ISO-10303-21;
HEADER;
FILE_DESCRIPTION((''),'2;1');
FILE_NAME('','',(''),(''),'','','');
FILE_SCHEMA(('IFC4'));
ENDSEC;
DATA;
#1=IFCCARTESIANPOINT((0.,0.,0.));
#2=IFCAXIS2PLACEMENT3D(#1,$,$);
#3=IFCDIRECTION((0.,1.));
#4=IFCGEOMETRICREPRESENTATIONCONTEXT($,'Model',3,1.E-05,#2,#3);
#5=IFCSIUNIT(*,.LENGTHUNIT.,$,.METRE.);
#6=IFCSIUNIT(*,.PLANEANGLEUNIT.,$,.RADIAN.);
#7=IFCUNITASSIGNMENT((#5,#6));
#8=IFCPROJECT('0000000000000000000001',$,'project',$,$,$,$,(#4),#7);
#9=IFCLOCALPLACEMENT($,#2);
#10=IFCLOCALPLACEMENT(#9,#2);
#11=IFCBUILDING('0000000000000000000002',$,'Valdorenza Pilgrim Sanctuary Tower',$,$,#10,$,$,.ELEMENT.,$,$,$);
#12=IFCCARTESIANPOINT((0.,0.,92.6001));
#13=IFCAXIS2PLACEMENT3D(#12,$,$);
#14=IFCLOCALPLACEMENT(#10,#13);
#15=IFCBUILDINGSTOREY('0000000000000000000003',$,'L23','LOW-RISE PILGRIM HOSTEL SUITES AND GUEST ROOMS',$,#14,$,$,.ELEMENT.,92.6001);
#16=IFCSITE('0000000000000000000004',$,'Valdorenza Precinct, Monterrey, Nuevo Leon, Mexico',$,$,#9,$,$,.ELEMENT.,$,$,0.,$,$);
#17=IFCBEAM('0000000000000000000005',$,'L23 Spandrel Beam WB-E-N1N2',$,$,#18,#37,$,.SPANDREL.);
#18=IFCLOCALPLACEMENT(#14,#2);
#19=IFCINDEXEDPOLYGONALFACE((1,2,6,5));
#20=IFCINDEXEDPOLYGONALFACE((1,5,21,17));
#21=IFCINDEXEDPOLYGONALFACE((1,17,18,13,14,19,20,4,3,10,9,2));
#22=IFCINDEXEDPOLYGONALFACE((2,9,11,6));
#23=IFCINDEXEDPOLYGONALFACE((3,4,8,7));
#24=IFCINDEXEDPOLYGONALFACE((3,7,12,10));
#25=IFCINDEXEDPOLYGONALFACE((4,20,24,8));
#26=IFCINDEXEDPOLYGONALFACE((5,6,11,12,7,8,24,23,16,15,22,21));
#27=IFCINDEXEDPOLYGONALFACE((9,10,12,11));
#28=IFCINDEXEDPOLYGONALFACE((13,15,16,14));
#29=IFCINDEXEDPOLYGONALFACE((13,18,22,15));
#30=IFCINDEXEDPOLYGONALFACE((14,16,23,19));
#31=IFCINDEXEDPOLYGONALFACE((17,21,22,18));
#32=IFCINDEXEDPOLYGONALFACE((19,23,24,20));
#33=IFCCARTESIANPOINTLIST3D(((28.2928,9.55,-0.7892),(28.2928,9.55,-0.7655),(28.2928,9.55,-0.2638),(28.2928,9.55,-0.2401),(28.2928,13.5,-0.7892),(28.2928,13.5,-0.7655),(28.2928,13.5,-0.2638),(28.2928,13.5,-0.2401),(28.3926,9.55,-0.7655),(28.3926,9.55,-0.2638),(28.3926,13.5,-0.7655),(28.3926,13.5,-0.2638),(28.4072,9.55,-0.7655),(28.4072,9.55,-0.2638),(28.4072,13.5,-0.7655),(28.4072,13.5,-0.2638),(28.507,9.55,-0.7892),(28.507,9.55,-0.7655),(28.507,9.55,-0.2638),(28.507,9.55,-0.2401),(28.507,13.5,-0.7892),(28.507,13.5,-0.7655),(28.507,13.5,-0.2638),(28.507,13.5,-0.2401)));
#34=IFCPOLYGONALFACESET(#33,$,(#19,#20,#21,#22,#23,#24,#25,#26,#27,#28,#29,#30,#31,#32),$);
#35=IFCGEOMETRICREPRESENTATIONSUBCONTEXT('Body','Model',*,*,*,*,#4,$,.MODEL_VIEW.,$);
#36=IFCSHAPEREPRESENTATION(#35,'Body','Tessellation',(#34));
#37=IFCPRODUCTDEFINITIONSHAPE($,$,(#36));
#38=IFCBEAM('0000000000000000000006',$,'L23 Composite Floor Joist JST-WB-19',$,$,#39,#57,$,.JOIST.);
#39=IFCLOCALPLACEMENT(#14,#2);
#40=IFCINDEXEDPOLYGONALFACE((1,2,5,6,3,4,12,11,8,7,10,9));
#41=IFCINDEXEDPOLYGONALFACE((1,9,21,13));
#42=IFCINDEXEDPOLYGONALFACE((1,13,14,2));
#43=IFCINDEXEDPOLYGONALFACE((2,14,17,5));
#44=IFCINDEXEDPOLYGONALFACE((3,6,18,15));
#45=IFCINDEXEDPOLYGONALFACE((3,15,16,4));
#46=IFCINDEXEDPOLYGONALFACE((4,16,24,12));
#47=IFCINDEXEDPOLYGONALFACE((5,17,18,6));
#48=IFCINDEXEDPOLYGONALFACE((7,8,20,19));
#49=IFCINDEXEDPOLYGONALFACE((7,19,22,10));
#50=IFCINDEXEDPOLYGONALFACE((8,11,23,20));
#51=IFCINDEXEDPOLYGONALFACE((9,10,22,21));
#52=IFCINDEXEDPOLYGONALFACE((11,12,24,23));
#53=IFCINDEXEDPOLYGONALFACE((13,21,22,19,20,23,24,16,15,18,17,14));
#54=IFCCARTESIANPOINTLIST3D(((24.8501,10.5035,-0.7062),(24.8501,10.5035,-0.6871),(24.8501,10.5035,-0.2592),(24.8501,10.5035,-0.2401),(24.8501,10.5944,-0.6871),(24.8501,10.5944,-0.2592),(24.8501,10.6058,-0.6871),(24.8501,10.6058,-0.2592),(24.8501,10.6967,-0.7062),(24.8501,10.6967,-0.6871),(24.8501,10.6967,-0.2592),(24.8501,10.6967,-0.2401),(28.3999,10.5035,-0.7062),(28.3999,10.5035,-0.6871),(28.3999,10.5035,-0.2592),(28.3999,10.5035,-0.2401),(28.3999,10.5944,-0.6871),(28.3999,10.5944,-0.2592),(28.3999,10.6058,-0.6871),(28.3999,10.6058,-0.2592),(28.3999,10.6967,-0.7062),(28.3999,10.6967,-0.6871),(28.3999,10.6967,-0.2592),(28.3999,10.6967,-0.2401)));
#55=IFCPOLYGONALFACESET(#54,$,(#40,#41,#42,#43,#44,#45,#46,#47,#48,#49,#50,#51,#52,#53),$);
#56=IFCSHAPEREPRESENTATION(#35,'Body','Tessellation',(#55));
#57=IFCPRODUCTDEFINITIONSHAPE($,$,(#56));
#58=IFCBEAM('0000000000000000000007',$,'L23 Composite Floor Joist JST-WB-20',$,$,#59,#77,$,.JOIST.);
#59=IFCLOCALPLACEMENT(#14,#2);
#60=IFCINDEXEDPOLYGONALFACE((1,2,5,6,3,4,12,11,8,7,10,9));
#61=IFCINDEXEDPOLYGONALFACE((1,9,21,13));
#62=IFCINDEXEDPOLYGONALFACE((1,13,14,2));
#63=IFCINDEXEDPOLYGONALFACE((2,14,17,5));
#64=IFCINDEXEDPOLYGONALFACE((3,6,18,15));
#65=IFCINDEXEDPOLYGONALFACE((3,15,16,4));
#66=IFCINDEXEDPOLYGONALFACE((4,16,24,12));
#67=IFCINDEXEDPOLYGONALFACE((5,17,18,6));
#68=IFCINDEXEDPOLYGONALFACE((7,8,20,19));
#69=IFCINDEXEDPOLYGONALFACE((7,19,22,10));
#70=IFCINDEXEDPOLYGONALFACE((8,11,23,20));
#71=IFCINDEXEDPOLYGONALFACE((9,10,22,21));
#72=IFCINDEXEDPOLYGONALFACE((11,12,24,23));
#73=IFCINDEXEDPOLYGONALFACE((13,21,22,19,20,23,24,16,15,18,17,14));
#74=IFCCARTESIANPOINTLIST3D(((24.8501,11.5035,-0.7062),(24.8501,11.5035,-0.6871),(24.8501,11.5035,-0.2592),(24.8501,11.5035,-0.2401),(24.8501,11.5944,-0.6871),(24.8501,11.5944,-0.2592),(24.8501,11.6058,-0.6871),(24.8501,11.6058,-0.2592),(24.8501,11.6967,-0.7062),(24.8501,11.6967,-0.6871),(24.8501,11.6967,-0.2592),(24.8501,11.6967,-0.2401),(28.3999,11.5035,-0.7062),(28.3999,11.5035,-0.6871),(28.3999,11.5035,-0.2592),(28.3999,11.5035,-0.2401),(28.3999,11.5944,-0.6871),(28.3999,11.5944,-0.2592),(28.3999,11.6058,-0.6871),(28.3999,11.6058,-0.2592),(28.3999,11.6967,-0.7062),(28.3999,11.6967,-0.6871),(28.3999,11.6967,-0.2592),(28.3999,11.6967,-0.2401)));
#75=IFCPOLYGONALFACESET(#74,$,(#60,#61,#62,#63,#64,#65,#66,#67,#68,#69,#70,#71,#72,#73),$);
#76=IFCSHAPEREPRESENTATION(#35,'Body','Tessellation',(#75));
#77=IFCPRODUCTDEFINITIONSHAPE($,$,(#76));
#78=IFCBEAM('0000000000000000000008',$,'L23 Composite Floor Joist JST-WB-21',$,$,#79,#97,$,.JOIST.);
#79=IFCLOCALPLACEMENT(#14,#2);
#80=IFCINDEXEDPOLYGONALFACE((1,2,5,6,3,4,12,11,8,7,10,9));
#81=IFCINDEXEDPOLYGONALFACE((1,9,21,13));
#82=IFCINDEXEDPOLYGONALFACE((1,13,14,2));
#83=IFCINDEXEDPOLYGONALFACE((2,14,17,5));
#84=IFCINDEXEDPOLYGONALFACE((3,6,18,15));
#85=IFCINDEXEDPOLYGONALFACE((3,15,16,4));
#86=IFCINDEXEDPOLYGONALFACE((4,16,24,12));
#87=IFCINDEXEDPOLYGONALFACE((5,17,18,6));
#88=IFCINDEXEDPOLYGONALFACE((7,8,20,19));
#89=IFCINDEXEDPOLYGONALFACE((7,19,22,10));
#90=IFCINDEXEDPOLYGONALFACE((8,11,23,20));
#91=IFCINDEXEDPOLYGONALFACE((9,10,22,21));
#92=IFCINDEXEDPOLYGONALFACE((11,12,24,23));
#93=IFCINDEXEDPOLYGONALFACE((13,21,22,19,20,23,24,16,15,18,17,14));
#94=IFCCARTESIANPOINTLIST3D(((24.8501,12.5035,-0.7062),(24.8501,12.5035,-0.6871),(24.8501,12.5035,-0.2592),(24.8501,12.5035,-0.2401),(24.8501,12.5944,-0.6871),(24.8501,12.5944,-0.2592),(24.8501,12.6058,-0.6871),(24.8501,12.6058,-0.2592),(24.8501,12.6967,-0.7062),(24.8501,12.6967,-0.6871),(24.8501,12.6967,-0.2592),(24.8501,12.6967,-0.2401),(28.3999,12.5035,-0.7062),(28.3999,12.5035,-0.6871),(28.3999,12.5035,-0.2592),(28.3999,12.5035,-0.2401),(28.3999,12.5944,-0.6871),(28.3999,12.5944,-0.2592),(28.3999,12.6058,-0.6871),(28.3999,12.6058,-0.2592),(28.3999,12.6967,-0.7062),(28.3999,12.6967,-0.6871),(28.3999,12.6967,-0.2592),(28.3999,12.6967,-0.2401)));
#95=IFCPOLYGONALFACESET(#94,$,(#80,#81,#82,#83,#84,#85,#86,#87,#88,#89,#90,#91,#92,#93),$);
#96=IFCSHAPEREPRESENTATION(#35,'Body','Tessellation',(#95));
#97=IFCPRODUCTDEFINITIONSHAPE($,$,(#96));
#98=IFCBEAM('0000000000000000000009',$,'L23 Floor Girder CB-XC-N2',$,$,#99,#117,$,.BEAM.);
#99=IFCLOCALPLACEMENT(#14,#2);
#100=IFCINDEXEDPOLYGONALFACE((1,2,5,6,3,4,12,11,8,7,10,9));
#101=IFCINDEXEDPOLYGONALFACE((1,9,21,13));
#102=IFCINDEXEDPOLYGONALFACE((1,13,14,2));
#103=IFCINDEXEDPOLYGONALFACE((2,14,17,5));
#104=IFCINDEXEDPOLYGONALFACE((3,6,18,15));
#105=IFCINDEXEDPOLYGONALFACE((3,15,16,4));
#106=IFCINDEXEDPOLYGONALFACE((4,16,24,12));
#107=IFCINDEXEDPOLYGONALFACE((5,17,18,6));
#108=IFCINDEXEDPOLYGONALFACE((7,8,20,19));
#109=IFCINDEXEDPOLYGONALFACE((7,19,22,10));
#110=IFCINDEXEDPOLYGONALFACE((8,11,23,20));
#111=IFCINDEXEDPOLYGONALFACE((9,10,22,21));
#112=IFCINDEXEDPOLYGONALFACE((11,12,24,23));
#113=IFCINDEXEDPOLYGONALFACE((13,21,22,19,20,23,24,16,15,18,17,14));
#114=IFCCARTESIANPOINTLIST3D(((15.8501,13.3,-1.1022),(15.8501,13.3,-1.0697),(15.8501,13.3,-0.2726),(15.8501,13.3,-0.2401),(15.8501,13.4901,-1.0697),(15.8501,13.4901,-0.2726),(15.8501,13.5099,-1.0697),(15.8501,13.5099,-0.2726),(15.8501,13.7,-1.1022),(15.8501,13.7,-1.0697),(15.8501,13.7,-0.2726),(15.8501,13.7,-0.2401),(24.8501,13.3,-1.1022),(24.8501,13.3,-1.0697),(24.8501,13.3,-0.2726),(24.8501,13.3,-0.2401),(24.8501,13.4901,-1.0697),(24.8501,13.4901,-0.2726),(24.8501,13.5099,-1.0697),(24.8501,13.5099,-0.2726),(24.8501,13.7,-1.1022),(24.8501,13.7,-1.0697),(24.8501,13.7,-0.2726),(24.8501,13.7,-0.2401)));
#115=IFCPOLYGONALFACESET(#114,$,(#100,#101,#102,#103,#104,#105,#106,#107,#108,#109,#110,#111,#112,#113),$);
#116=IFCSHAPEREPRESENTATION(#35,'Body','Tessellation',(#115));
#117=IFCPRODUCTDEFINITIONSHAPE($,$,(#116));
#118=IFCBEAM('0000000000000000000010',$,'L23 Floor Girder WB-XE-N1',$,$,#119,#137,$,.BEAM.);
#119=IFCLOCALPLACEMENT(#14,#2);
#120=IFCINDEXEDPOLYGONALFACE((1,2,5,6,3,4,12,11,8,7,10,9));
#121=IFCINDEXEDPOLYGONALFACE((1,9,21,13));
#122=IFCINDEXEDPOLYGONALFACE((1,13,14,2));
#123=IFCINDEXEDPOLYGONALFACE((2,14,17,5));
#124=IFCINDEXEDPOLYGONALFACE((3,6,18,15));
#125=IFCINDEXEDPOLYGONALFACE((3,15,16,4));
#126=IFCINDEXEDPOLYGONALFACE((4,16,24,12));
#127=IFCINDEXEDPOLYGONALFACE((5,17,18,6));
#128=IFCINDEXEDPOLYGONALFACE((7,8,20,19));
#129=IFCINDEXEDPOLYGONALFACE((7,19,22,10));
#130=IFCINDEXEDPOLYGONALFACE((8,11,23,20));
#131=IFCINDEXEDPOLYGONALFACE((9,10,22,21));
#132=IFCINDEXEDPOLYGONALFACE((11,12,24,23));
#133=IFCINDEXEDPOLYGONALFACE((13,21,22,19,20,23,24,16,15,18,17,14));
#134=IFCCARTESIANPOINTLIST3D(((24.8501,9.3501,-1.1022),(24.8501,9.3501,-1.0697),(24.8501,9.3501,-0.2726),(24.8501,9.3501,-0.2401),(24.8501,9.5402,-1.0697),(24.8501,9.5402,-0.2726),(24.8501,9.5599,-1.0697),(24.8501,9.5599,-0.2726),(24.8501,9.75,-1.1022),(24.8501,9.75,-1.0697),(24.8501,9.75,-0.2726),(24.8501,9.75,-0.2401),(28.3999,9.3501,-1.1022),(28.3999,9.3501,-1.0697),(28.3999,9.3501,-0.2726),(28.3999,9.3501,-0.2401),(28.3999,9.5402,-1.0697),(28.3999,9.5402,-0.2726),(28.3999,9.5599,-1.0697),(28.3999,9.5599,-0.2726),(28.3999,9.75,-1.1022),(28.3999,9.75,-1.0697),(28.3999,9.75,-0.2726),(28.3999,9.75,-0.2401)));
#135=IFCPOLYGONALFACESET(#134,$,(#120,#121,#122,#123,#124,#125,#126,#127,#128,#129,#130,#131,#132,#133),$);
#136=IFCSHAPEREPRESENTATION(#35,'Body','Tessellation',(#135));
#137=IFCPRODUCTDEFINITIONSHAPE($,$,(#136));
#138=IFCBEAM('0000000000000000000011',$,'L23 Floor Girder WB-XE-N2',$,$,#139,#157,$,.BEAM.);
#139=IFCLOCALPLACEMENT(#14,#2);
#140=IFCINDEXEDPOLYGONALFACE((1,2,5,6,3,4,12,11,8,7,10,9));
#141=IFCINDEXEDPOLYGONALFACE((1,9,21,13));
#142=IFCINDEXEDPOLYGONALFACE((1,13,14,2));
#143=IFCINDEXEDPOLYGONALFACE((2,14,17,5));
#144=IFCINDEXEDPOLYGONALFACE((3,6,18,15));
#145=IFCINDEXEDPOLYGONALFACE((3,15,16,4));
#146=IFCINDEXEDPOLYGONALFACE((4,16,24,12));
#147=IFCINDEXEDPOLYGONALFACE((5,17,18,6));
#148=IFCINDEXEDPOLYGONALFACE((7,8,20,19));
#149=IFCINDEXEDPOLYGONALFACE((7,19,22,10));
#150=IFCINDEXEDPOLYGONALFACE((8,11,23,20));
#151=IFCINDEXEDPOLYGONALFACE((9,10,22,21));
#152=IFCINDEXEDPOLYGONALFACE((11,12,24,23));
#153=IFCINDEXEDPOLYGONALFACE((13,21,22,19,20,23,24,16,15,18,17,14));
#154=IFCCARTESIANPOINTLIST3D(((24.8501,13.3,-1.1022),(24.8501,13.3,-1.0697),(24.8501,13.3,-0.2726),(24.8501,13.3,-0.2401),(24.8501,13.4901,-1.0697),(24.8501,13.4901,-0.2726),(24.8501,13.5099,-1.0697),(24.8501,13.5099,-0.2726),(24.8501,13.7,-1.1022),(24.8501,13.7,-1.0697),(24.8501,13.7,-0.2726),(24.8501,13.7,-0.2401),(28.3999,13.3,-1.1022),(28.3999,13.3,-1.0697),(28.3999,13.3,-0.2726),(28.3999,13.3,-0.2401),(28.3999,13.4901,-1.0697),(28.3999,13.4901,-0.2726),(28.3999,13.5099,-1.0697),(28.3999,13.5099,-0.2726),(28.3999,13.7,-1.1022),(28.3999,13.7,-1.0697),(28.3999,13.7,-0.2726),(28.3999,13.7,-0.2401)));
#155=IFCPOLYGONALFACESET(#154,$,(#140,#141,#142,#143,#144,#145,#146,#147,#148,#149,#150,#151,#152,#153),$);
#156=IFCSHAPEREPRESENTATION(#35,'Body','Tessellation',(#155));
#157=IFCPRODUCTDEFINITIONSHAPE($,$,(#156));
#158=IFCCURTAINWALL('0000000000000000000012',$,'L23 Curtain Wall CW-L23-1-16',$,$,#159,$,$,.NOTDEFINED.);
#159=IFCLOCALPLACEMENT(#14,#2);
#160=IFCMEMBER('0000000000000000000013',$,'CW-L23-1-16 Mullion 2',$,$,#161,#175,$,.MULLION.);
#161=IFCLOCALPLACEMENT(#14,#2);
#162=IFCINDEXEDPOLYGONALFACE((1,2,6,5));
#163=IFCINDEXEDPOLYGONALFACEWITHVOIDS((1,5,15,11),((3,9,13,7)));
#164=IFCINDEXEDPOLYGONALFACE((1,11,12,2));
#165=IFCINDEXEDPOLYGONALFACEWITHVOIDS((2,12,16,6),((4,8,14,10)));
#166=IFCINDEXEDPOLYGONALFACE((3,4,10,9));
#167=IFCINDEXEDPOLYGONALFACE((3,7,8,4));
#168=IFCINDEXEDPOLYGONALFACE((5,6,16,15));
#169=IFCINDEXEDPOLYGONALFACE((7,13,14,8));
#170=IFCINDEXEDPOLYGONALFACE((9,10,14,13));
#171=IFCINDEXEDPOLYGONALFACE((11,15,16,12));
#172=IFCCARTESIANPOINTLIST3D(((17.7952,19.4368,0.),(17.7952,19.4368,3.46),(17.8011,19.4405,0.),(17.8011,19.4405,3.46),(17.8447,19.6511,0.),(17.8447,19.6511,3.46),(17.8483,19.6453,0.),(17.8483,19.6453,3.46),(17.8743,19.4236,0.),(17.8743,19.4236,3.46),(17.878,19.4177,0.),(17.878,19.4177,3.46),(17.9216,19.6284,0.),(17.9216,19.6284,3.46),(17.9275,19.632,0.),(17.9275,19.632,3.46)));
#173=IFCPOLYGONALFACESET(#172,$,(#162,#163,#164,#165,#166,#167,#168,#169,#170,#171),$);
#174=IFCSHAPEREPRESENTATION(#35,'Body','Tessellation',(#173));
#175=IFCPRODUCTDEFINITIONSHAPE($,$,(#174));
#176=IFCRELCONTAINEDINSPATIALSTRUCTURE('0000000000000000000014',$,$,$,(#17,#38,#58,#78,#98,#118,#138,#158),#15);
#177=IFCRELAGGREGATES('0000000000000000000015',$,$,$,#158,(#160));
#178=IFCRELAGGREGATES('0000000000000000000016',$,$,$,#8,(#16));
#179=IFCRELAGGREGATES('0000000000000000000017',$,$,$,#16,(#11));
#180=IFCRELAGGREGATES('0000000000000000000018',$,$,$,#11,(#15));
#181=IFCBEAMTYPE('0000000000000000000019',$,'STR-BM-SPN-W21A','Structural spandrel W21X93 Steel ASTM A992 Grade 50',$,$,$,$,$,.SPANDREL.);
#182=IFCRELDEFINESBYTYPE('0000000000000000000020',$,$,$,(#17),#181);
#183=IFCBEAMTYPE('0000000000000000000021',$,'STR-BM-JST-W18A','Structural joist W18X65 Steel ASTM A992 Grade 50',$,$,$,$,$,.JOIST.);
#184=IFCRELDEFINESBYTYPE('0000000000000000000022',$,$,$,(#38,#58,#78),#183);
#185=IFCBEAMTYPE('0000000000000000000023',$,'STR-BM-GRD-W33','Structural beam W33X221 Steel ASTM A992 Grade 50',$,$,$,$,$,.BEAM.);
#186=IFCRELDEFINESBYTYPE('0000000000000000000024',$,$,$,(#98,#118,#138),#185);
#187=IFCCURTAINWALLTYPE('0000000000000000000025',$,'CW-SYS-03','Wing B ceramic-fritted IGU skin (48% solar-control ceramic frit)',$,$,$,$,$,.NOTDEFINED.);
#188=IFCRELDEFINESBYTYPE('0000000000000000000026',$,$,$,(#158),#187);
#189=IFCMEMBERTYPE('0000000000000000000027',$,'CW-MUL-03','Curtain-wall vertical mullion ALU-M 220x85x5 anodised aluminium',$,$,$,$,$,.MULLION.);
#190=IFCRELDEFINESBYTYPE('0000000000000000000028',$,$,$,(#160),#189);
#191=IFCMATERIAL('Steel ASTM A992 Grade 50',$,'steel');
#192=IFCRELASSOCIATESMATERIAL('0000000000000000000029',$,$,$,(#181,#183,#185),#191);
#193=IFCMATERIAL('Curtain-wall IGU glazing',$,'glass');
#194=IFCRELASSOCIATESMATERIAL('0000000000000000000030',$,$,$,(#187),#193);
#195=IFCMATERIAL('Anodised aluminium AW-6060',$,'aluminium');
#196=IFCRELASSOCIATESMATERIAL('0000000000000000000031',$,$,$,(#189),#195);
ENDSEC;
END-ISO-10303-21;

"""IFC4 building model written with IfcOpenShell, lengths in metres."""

from ifc_helpers import new_model, si_unit, direction, frame, origin, origin_2d, place, context, subcontext, project, spatial, hollow_rectangle, i_section, extrude, source, transform, mapped, material, material_profile, profile_set, type_object, element, aggregate, save


model = new_model("IFC4")

# Units and contexts
model_context = context("Model", 3, precision=1e-05, world=origin(), true_north=direction((0.0, 1.0)))
body_context = subcontext(model_context, "Body", "Model", "MODEL_VIEW")
ifc_project = project(units=[si_unit("LENGTHUNIT", "METRE"), si_unit("PLANEANGLEUNIT", "RADIAN")], contexts=[model_context])

# Site, building, storey
site_placement = place(None, origin())
site = spatial("IfcSite", under=ifc_project, at=site_placement, Name="Valdorenza Precinct, Monterrey, Nuevo Leon, Mexico", CompositionType="ELEMENT", RefElevation=0.0)
building_placement = place(site_placement, origin())
building = spatial("IfcBuilding", under=site, at=building_placement, Name="Valdorenza Pilgrim Sanctuary Tower", CompositionType="ELEMENT")
storey_placement = place(building_placement, frame((0.0, 0.0, 92.6001)))
storey = spatial("IfcBuildingStorey", under=building, at=storey_placement, Name="L23", Description="LOW-RISE PILGRIM HOSTEL SUITES AND GUEST ROOMS", CompositionType="ELEMENT", Elevation=92.6001)

# Beams
ifc_material_1 = material(Name="Steel ASTM A992 Grade 50", Category="steel")
ifc_material_profile_1 = material_profile(ifc_material_1, i_section(OverallWidth=0.2141, OverallDepth=0.5491, WebThickness=0.0146, FlangeThickness=0.0237, at=origin_2d()), Name="W21X93")
ifc_profile_set_1 = profile_set([ifc_material_profile_1], Name="Steel ASTM A992 Grade 50")
beam_type_1 = type_object("IfcBeamType", Name="STR-BM-SPN-W21A", Description="Structural spandrel W21X93 Steel ASTM A992 Grade 50", PredefinedType="SPANDREL", material=ifc_profile_set_1)
shared_shape_1 = source(origin(), body_context, "Body", "SweptSolid", [
    extrude(i_section(OverallWidth=0.2141, OverallDepth=0.5491, WebThickness=0.0146, FlangeThickness=0.0237, at=origin_2d()), origin(), (0.0, 0.0, 1.0), 3.95),
])
beam_1_placement = place(storey_placement, frame((28.3999, 9.55, -0.5146), z_axis=(0.0, 1.0, 0.0), x_axis=(-1.0, 0.0, 0.0)))
element("IfcBeam", 1, at=beam_1_placement, inside=storey, type_object=beam_type_1, Name="L23 Spandrel Beam WB-E-N1N2", PredefinedType="SPANDREL", context=body_context, shape_type="MappedRepresentation", body=[
    mapped(shared_shape_1, transform((0.0, 0.0, 0.0), x_axis=(1.0, 0.0, 0.0), y_axis=(0.0, 1.0, 0.0), z_axis=(0.0, 0.0, 1.0), scale=1.0)),
])
ifc_material_profile_2 = material_profile(ifc_material_1, i_section(OverallWidth=0.1931, OverallDepth=0.4661, WebThickness=0.0115, FlangeThickness=0.019, at=origin_2d()), Name="W18X65")
ifc_profile_set_2 = profile_set([ifc_material_profile_2], Name="Steel ASTM A992 Grade 50")
beam_type_2 = type_object("IfcBeamType", Name="STR-BM-JST-W18A", Description="Structural joist W18X65 Steel ASTM A992 Grade 50", PredefinedType="JOIST", material=ifc_profile_set_2)
shared_shape_2 = source(origin(), body_context, "Body", "SweptSolid", [
    extrude(i_section(OverallWidth=0.1931, OverallDepth=0.4661, WebThickness=0.0115, FlangeThickness=0.019, at=origin_2d()), origin(), (0.0, 0.0, 1.0), 3.5498),
])
for number, where, z_axis, x_axis, name in (
    (2, (24.8501, 10.6001, -0.4731), (1.0, 0.0, 0.0), (0.0, 1.0, 0.0), "L23 Composite Floor Joist JST-WB-19"),
    (3, (24.8501, 11.6001, -0.4731), (1.0, 0.0, 0.0), (0.0, 1.0, 0.0), "L23 Composite Floor Joist JST-WB-20"),
    (4, (24.8501, 12.6001, -0.4731), (1.0, 0.0, 0.0), (0.0, 1.0, 0.0), "L23 Composite Floor Joist JST-WB-21"),
):
    element("IfcBeam", number, at=place(storey_placement, frame(where, z_axis=z_axis, x_axis=x_axis)), inside=storey, type_object=beam_type_2, Name=name, PredefinedType="JOIST", context=body_context, shape_type="MappedRepresentation", body=[
        mapped(shared_shape_2, transform((0.0, 0.0, 0.0), x_axis=(1.0, 0.0, 0.0), y_axis=(0.0, 1.0, 0.0), z_axis=(0.0, 0.0, 1.0), scale=1.0)),
    ])
ifc_material_profile_3 = material_profile(ifc_material_1, i_section(OverallWidth=0.3999, OverallDepth=0.8621, WebThickness=0.0198, FlangeThickness=0.0325, at=origin_2d()), Name="W33X221")
ifc_profile_set_3 = profile_set([ifc_material_profile_3], Name="Steel ASTM A992 Grade 50")
beam_type_3 = type_object("IfcBeamType", Name="STR-BM-GRD-W33", Description="Structural beam W33X221 Steel ASTM A992 Grade 50", PredefinedType="BEAM", material=ifc_profile_set_3)
shared_shape_3 = source(origin(), body_context, "Body", "SweptSolid", [
    extrude(i_section(OverallWidth=0.3999, OverallDepth=0.8621, WebThickness=0.0198, FlangeThickness=0.0325, at=origin_2d()), origin(), (0.0, 0.0, 1.0), 9.0),
])
beam_2_placement = place(storey_placement, frame((15.8501, 13.5, -0.6711), z_axis=(1.0, 0.0, 0.0), x_axis=(0.0, 1.0, 0.0)))
element("IfcBeam", 5, at=beam_2_placement, inside=storey, type_object=beam_type_3, Name="L23 Floor Girder CB-XC-N2", PredefinedType="BEAM", context=body_context, shape_type="MappedRepresentation", body=[
    mapped(shared_shape_3, transform((0.0, 0.0, 0.0), x_axis=(1.0, 0.0, 0.0), y_axis=(0.0, 1.0, 0.0), z_axis=(0.0, 0.0, 1.0), scale=1.0)),
])
shared_shape_4 = source(origin(), body_context, "Body", "SweptSolid", [
    extrude(i_section(OverallWidth=0.3999, OverallDepth=0.8621, WebThickness=0.0198, FlangeThickness=0.0325, at=origin_2d()), origin(), (0.0, 0.0, 1.0), 3.5498),
])
for number, where, z_axis, x_axis, name in (
    (6, (24.8501, 9.55, -0.6711), (1.0, 0.0, 0.0), (0.0, 1.0, 0.0), "L23 Floor Girder WB-XE-N1"),
    (7, (24.8501, 13.5, -0.6711), (1.0, 0.0, 0.0), (0.0, 1.0, 0.0), "L23 Floor Girder WB-XE-N2"),
):
    element("IfcBeam", number, at=place(storey_placement, frame(where, z_axis=z_axis, x_axis=x_axis)), inside=storey, type_object=beam_type_3, Name=name, PredefinedType="BEAM", context=body_context, shape_type="MappedRepresentation", body=[
        mapped(shared_shape_4, transform((0.0, 0.0, 0.0), x_axis=(1.0, 0.0, 0.0), y_axis=(0.0, 1.0, 0.0), z_axis=(0.0, 0.0, 1.0), scale=1.0)),
    ])

# Curtain wall, member
ifc_material_2 = material(Name="Curtain-wall IGU glazing", Category="glass")
curtain_wall_type = type_object("IfcCurtainWallType", Name="CW-SYS-03", Description="Wing B ceramic-fritted IGU skin (48% solar-control ceramic frit)", PredefinedType="NOTDEFINED", material=ifc_material_2)
curtain_wall_1_placement = place(storey_placement, origin())
curtain_wall_1 = element("IfcCurtainWall", 8, at=curtain_wall_1_placement, inside=storey, type_object=curtain_wall_type, Name="L23 Curtain Wall CW-L23-1-16", PredefinedType="NOTDEFINED")
ifc_material_3 = material(Name="Anodised aluminium AW-6060", Category="aluminium")
ifc_material_profile_4 = material_profile(ifc_material_3, hollow_rectangle(XDim=0.085, YDim=0.22, WallThickness=0.0049, at=origin_2d()), Name="ALU-M 220x85x5")
ifc_profile_set_4 = profile_set([ifc_material_profile_4], Name="Anodised aluminium AW-6060")
member_type_1 = type_object("IfcMemberType", Name="CW-MUL-03", Description="Curtain-wall vertical mullion ALU-M 220x85x5 anodised aluminium", PredefinedType="MULLION", material=ifc_profile_set_4)
shared_shape_5 = source(origin(), body_context, "Body", "SweptSolid", [
    extrude(hollow_rectangle(XDim=0.085, YDim=0.22, WallThickness=0.0049, at=origin_2d()), origin(), (0.0, 0.0, 1.0), 3.46),
])
member_1_placement = place(storey_placement, frame((17.8613, 19.5344, 0.0), z_axis=(0.0, 0.0, 1.0), x_axis=(0.97439, -0.224866, 0.0)))
member_1 = element("IfcMember", 9, at=member_1_placement, type_object=member_type_1, Name="CW-L23-1-16 Mullion 2", PredefinedType="MULLION", context=body_context, shape_type="MappedRepresentation", body=[
    mapped(shared_shape_5, transform((0.0, 0.0, 0.0), x_axis=(1.0, 0.0, 0.0), y_axis=(0.0, 1.0, 0.0), z_axis=(0.0, 0.0, 1.0), scale=1.0)),
])

aggregate(curtain_wall_1, [member_1])

save(model, "model.ifc")
